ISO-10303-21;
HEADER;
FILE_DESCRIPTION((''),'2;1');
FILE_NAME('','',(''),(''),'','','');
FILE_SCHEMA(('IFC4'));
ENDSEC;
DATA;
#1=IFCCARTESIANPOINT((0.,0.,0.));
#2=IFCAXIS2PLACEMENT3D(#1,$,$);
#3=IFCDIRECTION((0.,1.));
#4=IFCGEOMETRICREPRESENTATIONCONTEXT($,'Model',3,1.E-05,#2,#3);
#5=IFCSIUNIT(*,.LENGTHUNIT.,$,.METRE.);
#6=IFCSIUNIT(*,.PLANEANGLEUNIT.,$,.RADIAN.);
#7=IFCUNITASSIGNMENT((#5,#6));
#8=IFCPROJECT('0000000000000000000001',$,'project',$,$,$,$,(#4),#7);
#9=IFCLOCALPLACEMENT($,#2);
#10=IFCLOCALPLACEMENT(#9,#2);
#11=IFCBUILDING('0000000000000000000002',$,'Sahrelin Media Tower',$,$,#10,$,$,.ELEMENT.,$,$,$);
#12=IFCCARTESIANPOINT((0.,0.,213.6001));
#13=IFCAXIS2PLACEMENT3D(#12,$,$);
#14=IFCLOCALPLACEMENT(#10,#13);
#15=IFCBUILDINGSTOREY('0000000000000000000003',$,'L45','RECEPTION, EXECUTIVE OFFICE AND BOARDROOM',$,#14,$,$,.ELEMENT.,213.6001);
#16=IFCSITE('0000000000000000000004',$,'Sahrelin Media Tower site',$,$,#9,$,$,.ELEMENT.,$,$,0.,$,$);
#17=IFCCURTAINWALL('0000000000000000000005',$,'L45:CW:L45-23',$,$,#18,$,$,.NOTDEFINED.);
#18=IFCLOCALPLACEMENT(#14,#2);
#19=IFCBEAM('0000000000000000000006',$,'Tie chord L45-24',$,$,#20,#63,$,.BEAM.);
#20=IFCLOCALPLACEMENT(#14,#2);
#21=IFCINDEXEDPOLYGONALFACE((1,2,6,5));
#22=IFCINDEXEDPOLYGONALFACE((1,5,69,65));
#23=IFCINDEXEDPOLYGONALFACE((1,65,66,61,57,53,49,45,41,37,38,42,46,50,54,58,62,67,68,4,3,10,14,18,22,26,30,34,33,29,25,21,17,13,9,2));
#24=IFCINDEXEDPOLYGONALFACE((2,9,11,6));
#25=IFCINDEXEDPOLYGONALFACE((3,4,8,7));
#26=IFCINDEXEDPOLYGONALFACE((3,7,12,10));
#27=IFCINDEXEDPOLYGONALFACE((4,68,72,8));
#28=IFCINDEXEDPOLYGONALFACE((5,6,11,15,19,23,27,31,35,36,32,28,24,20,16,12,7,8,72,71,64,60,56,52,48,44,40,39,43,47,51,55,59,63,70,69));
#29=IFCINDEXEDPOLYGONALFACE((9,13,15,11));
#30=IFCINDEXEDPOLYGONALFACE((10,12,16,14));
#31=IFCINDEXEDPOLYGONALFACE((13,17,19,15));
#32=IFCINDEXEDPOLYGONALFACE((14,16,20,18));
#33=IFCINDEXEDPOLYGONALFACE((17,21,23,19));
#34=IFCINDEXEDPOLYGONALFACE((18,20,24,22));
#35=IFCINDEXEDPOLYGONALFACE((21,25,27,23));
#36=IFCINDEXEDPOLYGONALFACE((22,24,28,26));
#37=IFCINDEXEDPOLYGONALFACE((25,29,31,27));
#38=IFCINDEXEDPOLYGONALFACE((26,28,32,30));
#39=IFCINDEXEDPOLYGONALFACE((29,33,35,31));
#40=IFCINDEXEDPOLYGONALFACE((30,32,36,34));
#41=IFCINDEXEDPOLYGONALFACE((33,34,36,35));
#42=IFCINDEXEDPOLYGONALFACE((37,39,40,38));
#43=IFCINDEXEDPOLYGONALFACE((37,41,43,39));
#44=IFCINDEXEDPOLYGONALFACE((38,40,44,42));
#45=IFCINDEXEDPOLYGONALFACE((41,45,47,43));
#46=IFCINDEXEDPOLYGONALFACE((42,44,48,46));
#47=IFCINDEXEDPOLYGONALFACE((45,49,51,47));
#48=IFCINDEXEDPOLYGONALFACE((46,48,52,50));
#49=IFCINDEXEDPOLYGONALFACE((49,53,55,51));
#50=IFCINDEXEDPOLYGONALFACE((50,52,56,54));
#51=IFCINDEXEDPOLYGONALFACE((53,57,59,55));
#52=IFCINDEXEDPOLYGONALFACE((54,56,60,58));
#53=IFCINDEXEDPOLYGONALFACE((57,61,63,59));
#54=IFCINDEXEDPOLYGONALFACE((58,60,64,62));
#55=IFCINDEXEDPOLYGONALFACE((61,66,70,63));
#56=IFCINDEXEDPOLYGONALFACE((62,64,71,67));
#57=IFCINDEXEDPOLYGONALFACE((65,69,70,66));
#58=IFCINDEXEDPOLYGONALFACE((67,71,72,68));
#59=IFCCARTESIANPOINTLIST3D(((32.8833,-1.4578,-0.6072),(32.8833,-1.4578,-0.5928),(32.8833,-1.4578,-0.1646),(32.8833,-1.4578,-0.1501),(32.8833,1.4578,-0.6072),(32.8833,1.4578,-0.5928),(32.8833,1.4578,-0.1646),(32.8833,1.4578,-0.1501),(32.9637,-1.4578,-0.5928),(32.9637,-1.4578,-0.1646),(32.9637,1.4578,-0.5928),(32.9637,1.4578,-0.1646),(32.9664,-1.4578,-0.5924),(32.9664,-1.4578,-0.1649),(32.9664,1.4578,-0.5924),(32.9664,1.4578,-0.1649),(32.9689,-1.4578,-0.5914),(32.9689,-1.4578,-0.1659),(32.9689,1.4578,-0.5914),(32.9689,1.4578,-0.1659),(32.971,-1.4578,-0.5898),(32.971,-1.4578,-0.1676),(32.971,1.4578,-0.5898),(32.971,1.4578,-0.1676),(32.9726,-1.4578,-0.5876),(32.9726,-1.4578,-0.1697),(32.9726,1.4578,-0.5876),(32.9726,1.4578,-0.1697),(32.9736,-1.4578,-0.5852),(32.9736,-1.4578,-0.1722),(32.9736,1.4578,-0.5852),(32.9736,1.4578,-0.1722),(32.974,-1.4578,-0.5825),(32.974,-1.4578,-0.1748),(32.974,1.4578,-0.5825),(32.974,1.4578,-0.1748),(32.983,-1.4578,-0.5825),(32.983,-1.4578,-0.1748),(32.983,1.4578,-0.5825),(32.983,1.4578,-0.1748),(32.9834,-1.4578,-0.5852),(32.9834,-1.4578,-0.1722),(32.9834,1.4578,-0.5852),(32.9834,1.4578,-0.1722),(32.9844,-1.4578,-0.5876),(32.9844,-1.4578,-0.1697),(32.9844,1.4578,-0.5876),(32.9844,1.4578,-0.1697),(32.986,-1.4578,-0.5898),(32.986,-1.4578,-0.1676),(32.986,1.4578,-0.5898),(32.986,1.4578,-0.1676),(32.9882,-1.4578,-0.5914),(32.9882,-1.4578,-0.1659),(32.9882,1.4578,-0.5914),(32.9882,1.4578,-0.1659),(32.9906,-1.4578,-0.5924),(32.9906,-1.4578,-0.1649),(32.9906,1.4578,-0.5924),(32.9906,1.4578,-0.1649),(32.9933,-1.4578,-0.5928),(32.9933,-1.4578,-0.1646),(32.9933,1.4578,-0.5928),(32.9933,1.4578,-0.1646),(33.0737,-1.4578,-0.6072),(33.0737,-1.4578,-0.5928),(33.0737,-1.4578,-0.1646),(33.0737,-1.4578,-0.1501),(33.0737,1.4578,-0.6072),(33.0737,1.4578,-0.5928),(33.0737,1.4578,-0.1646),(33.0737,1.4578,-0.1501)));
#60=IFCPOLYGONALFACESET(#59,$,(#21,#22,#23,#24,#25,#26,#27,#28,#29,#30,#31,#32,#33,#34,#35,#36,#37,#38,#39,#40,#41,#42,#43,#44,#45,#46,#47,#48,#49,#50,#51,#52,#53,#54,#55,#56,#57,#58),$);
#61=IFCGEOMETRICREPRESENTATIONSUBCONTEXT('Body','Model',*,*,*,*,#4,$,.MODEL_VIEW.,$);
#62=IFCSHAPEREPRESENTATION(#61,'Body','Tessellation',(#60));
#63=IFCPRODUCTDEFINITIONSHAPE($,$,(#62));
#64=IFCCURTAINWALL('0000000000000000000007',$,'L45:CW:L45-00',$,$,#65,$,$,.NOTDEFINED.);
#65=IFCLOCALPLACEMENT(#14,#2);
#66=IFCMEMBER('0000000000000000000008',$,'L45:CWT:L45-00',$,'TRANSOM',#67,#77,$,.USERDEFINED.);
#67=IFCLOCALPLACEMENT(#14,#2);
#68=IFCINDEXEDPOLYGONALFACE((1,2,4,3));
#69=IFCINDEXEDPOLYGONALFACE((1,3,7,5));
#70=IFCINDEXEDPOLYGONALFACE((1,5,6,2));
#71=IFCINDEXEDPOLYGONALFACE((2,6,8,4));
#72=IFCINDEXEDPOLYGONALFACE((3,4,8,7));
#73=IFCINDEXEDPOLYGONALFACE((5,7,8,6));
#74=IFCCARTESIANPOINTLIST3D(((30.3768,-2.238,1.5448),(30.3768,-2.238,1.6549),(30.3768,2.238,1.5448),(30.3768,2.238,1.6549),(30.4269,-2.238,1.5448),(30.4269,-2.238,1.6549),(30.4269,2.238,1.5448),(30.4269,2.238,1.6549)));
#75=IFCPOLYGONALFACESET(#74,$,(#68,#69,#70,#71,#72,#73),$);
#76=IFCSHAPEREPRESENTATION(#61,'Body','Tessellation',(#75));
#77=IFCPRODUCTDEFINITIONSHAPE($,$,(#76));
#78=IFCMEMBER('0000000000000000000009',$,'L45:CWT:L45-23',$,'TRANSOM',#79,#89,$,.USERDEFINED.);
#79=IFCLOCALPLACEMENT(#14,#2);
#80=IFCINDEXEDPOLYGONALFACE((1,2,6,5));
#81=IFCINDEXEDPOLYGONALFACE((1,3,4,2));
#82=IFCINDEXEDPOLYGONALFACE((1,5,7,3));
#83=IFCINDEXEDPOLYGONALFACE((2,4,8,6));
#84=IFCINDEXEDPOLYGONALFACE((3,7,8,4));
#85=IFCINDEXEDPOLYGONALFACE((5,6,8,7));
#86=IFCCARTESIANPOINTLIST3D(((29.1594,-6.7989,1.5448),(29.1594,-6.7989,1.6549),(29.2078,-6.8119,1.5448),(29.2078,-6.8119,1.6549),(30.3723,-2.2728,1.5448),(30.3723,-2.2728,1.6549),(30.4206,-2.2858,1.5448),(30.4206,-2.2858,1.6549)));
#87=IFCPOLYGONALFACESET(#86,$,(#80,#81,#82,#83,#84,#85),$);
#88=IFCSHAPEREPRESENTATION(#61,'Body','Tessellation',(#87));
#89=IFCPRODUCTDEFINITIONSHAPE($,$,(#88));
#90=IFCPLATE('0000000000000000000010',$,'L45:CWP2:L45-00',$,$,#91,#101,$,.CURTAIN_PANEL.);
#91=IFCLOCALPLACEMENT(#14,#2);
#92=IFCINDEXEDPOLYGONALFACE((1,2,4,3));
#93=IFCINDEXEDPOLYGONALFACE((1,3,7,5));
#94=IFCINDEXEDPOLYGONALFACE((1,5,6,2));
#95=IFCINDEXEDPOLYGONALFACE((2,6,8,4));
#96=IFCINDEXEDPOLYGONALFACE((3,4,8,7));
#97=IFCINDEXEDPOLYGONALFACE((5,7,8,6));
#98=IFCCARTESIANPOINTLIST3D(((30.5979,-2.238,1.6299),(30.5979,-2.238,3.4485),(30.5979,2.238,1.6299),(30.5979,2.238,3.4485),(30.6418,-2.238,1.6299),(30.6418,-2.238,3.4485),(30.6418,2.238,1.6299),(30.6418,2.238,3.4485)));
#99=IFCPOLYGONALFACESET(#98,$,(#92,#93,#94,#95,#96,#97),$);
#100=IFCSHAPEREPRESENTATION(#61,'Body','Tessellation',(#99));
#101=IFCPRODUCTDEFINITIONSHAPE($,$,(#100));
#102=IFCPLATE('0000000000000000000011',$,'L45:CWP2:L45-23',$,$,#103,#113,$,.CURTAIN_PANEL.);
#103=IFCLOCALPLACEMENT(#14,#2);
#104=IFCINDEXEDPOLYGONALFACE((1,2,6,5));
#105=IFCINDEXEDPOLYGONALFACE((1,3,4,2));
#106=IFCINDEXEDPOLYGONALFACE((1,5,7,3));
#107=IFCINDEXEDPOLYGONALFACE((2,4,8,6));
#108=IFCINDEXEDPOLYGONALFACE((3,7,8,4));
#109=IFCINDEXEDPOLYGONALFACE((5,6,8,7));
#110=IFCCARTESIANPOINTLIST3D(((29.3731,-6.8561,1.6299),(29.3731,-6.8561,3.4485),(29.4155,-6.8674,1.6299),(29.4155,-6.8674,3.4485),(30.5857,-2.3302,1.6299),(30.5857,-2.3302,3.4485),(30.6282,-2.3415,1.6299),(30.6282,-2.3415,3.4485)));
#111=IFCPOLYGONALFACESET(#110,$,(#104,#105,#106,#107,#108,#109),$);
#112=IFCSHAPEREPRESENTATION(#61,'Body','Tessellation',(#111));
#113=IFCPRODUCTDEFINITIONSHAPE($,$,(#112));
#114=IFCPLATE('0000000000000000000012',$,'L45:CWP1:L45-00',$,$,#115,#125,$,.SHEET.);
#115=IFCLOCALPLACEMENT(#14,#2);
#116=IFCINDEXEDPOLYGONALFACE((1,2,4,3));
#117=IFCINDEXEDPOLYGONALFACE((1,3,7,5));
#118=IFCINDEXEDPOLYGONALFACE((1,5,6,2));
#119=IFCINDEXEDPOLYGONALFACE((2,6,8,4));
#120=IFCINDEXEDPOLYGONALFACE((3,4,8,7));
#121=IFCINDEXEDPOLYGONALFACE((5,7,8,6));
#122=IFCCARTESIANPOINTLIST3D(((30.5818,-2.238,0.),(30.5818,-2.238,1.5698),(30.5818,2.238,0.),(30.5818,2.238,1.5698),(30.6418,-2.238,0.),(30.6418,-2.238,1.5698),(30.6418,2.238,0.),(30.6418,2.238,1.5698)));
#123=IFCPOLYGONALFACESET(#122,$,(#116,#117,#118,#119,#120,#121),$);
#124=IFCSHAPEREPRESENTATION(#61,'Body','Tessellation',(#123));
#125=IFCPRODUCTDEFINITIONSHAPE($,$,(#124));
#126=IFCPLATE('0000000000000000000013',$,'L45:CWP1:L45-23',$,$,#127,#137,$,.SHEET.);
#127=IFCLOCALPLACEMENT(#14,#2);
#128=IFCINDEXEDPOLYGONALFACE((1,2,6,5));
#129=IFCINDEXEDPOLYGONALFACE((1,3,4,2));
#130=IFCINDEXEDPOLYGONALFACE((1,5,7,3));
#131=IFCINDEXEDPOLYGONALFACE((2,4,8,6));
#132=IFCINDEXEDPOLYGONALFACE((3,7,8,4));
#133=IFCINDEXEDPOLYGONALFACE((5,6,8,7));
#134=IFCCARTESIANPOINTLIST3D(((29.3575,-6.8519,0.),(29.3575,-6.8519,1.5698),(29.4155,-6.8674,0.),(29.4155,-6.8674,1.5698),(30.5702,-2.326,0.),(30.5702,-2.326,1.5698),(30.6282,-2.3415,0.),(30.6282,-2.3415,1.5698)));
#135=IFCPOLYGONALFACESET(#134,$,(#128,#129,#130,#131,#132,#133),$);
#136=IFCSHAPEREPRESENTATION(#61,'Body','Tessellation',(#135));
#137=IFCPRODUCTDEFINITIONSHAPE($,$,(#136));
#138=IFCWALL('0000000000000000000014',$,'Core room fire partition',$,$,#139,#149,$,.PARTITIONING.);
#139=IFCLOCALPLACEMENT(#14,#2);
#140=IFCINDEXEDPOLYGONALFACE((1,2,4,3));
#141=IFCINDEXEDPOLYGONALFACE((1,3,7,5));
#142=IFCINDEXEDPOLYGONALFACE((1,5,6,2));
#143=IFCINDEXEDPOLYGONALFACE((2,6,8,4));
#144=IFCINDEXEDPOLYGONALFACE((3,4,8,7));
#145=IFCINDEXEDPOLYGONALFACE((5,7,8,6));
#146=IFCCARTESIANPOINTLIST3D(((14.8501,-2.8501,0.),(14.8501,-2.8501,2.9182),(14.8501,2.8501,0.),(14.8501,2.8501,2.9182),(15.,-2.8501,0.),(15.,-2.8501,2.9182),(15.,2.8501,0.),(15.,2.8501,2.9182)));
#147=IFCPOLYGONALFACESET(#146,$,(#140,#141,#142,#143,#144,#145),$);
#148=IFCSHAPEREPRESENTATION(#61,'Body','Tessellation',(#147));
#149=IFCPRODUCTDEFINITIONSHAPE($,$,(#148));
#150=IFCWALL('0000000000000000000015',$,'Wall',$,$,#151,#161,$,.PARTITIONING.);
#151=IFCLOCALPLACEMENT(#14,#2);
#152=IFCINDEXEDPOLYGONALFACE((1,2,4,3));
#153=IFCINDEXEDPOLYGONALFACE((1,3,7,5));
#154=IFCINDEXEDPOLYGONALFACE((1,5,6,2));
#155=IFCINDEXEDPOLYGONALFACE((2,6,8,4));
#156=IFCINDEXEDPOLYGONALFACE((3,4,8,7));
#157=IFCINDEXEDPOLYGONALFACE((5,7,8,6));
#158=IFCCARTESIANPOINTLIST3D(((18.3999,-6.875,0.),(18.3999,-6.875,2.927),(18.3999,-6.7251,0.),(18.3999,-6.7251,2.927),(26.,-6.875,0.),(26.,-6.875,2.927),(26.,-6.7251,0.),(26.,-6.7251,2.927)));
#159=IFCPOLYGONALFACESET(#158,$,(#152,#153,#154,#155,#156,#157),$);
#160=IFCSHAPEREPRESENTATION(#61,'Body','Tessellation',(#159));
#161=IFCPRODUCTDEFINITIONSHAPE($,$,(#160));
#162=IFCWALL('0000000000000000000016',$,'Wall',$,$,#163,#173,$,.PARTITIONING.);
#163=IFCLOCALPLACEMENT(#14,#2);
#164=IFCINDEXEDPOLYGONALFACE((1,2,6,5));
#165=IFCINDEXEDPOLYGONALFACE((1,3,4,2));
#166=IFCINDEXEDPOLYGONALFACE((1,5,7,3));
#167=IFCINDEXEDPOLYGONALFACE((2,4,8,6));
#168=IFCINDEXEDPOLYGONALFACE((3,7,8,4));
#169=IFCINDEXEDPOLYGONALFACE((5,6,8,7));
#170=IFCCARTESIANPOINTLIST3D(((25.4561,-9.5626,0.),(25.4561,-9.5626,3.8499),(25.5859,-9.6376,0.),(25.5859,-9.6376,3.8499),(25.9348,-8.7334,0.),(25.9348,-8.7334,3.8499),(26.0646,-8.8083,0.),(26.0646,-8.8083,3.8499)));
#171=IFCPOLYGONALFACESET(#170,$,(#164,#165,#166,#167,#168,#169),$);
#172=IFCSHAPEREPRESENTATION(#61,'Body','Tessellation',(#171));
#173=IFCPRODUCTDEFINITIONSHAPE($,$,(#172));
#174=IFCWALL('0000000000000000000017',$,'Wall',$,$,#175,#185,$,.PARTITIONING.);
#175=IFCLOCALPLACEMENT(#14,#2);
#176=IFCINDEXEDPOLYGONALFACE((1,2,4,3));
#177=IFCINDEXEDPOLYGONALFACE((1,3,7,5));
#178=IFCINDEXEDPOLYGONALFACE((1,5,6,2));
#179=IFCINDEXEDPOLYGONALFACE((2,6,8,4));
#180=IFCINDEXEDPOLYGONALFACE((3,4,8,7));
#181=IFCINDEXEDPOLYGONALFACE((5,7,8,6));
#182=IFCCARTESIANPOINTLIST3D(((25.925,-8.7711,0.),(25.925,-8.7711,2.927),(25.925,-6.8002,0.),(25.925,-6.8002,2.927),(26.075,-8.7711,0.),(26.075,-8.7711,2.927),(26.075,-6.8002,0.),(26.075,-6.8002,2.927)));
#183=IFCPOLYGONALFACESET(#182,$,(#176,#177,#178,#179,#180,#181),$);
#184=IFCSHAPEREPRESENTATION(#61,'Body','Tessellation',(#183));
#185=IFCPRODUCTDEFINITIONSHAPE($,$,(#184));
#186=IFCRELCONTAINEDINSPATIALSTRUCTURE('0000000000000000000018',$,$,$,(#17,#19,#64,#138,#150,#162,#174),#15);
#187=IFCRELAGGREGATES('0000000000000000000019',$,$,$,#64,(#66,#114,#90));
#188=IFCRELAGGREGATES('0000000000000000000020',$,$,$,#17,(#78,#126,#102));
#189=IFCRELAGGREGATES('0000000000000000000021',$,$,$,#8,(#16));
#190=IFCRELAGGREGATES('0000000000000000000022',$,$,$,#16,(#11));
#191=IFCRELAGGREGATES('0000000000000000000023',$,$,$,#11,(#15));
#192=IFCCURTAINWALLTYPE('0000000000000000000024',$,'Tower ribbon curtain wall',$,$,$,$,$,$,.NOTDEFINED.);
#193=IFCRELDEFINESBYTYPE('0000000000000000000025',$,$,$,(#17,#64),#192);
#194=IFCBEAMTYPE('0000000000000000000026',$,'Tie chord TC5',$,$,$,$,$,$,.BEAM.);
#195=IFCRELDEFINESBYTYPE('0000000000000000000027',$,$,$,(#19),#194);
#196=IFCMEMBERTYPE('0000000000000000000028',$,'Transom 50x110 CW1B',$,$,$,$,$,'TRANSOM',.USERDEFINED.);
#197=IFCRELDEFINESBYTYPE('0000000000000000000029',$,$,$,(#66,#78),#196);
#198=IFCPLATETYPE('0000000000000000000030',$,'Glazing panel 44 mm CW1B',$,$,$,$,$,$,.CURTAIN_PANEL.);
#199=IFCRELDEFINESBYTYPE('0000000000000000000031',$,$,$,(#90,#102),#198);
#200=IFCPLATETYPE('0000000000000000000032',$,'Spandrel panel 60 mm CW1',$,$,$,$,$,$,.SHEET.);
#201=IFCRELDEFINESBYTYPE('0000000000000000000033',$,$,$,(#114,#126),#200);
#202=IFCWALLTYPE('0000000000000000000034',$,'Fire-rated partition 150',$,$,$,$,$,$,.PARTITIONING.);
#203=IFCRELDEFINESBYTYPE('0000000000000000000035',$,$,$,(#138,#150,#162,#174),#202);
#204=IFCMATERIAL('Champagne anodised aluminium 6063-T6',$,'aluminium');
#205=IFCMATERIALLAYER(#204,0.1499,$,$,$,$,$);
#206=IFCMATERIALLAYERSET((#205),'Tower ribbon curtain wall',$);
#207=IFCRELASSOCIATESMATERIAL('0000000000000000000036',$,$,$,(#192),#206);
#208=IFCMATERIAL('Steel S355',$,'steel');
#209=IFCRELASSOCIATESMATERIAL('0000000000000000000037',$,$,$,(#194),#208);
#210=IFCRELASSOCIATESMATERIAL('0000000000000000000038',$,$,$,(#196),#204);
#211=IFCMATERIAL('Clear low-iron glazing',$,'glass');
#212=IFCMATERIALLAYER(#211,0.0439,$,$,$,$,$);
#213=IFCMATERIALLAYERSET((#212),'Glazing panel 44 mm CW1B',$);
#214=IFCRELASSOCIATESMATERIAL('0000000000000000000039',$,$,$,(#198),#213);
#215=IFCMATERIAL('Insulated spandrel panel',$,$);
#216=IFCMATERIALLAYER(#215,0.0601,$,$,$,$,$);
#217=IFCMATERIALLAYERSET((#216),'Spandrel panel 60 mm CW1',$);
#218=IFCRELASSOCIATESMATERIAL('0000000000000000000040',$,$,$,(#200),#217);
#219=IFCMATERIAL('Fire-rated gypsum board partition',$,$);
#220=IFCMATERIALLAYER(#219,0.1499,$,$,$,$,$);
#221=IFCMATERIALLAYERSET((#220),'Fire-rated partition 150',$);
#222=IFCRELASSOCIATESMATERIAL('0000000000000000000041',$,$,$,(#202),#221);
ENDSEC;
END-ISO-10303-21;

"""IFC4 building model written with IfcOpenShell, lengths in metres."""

from ifc_helpers import new_model, si_unit, direction, frame, frame_2d, origin, origin_2d, place, context, subcontext, project, spatial, polyline, rectangle, i_section, outline, extrude, material, layer, layer_set, material_profile, profile_set, type_object, element, aggregate, save


model = new_model("IFC4")

# Units and contexts
model_context = context("Model", 3, precision=1e-05, world=origin(), true_north=direction((0.0, 1.0)))
body_context = subcontext(model_context, "Body", "Model", "MODEL_VIEW")
ifc_project = project(units=[si_unit("LENGTHUNIT", "METRE"), si_unit("PLANEANGLEUNIT", "RADIAN")], contexts=[model_context])

# Site, building, storey
site_placement = place(None, origin())
site = spatial("IfcSite", under=ifc_project, at=site_placement, Name="Sahrelin Media Tower site", CompositionType="ELEMENT", RefElevation=0.0)
building_placement = place(site_placement, origin())
building = spatial("IfcBuilding", under=site, at=building_placement, Name="Sahrelin Media Tower", CompositionType="ELEMENT")
storey_placement = place(building_placement, frame((0.0, 0.0, 213.6001)))
storey = spatial("IfcBuildingStorey", under=building, at=storey_placement, Name="L45", Description="RECEPTION, EXECUTIVE OFFICE AND BOARDROOM", CompositionType="ELEMENT", Elevation=213.6001)

# Shared definitions
ifc_material_1 = material(Name="Steel S355", Category="steel")

# Curtain wall
ifc_material_2 = material(Name="Champagne anodised aluminium 6063-T6", Category="aluminium")
ifc_layer_1 = layer(ifc_material_2, 0.1499)
ifc_layer_set_1 = layer_set([ifc_layer_1], Name="Tower ribbon curtain wall")
curtain_wall_type = type_object("IfcCurtainWallType", Name="Tower ribbon curtain wall", PredefinedType="NOTDEFINED", material=ifc_layer_set_1)
curtain_wall_1_placement = place(storey_placement, frame((30.0024, -4.5991, 0.0), z_axis=(0.0, 0.0, 1.0), x_axis=(1.0, 0.0, 0.0)))
curtain_wall_1 = element("IfcCurtainWall", 1, at=curtain_wall_1_placement, inside=storey, type_object=curtain_wall_type, Name="L45:CW:L45-23", PredefinedType="NOTDEFINED")

# Beam
ifc_material_profile_1 = material_profile(ifc_material_1, i_section(OverallWidth=0.1904, OverallDepth=0.457, WebThickness=0.009, FlangeThickness=0.0144, FilletRadius=0.0103, at=origin_2d()), Name="UB 457x191x74")
ifc_profile_set_1 = profile_set([ifc_material_profile_1], Name="Steel S355")
beam_type_1 = type_object("IfcBeamType", Name="Tie chord TC5", PredefinedType="BEAM", material=ifc_profile_set_1)
beam_1_placement = place(storey_placement, frame((32.9785, -1.4578, -0.3787), z_axis=(0.0, 1.0, 0.0), x_axis=(-1.0, 0.0, 0.0)))
element("IfcBeam", 2, at=beam_1_placement, inside=storey, type_object=beam_type_1, Name="Tie chord L45-24", PredefinedType="BEAM", context=body_context, shape_type="SweptSolid", body=[
    extrude(i_section(OverallWidth=0.1904, OverallDepth=0.457, WebThickness=0.009, FlangeThickness=0.0144, FilletRadius=0.0103, at=origin_2d()), origin(), (0.0, 0.0, 1.0), 2.9155),
])

# Curtain wall, member
curtain_wall_2_placement = place(storey_placement, frame((30.6218, 0.0, 0.0), z_axis=(0.0, 0.0, 1.0), x_axis=(1.0, 0.0, 0.0)))
curtain_wall_2 = element("IfcCurtainWall", 3, at=curtain_wall_2_placement, inside=storey, type_object=curtain_wall_type, Name="L45:CW:L45-00", PredefinedType="NOTDEFINED")
ifc_material_profile_2 = material_profile(ifc_material_2, rectangle(XDim=0.05, YDim=0.1101, at=origin_2d()), Name="Transom 50x110")
ifc_profile_set_2 = profile_set([ifc_material_profile_2], Name="Champagne anodised aluminium 6063-T6")
member_type_1 = type_object("IfcMemberType", Name="Transom 50x110 CW1B", ElementType="TRANSOM", PredefinedType="USERDEFINED", material=ifc_profile_set_2)
member_1_placement = place(storey_placement, frame((30.4019, -2.238, 1.5999), z_axis=(0.0, 1.0, 0.0), x_axis=(-1.0, 0.0, 0.0)))
member_1 = element("IfcMember", 4, at=member_1_placement, type_object=member_type_1, Name="L45:CWT:L45-00", ObjectType="TRANSOM", PredefinedType="USERDEFINED", context=body_context, shape_type="SweptSolid", body=[
    extrude(rectangle(XDim=0.05, YDim=0.1101, at=origin_2d()), origin(), (0.0, 0.0, 1.0), 4.4761),
])

# Member
member_2_placement = place(storey_placement, frame((29.1836, -6.8054, 1.5999), z_axis=(0.258843, 0.965919, 0.0), x_axis=(-0.965919, 0.258843, 0.0)))
member_2 = element("IfcMember", 5, at=member_2_placement, type_object=member_type_1, Name="L45:CWT:L45-23", ObjectType="TRANSOM", PredefinedType="USERDEFINED", context=body_context, shape_type="SweptSolid", body=[
    extrude(rectangle(XDim=0.05, YDim=0.1101, at=origin_2d()), origin(), (0.0, 0.0, 1.0), 4.6858),
])

# Plates
ifc_material_3 = material(Name="Clear low-iron glazing", Category="glass")
ifc_layer_2 = layer(ifc_material_3, 0.0439)
ifc_layer_set_2 = layer_set([ifc_layer_2], Name="Glazing panel 44 mm CW1B")
plate_type_1 = type_object("IfcPlateType", Name="Glazing panel 44 mm CW1B", PredefinedType="CURTAIN_PANEL", material=ifc_layer_set_2)
plate_1_placement = place(storey_placement, frame((30.6418, -2.238, 1.6299), z_axis=(1.0, 0.0, 0.0), x_axis=(0.0, 1.0, 0.0)))
plate_1 = element("IfcPlate", 6, at=plate_1_placement, type_object=plate_type_1, Name="L45:CWP2:L45-00", PredefinedType="CURTAIN_PANEL", context=body_context, shape_type="SweptSolid", body=[
    extrude(outline(polyline([(0.0, 0.0), (4.4761, 0.0), (4.4761, 1.8186), (0.0, 1.8186), (0.0, 0.0)])), origin(), (0.0, 0.0, -1.0), 0.0439),
])
plate_2_placement = place(storey_placement, frame((29.4155, -6.8674, 1.6299), z_axis=(0.965929, -0.258807, 0.0), x_axis=(0.258807, 0.965929, 0.0)))
plate_2 = element("IfcPlate", 7, at=plate_2_placement, type_object=plate_type_1, Name="L45:CWP2:L45-23", PredefinedType="CURTAIN_PANEL", context=body_context, shape_type="SweptSolid", body=[
    extrude(outline(polyline([(0.0, 0.0), (4.6855, 0.0), (4.6855, 1.8186), (0.0, 1.8186), (0.0, 0.0)])), origin(), (0.0, 0.0, -1.0), 0.0439),
])
ifc_material_4 = material(Name="Insulated spandrel panel")
ifc_layer_3 = layer(ifc_material_4, 0.0601)
ifc_layer_set_3 = layer_set([ifc_layer_3], Name="Spandrel panel 60 mm CW1")
plate_type_2 = type_object("IfcPlateType", Name="Spandrel panel 60 mm CW1", PredefinedType="SHEET", material=ifc_layer_set_3)
plate_3_placement = place(storey_placement, frame((30.6418, -2.238, 0.0), z_axis=(1.0, 0.0, 0.0), x_axis=(0.0, 1.0, 0.0)))
plate_3 = element("IfcPlate", 8, at=plate_3_placement, type_object=plate_type_2, Name="L45:CWP1:L45-00", PredefinedType="SHEET", context=body_context, shape_type="SweptSolid", body=[
    extrude(outline(polyline([(0.0, 0.0), (4.4761, 0.0), (4.4761, 1.5698), (0.0, 1.5698), (0.0, 0.0)])), origin(), (0.0, 0.0, -1.0), 0.0601),
])
aggregate(curtain_wall_2, [member_1, plate_3, plate_1])
plate_4_placement = place(storey_placement, frame((29.4155, -6.8674, 0.0), z_axis=(0.965929, -0.258807, 0.0), x_axis=(0.258807, 0.965929, 0.0)))
plate_4 = element("IfcPlate", 9, at=plate_4_placement, type_object=plate_type_2, Name="L45:CWP1:L45-23", PredefinedType="SHEET", context=body_context, shape_type="SweptSolid", body=[
    extrude(outline(polyline([(0.0, 0.0), (4.6855, 0.0), (4.6855, 1.5698), (0.0, 1.5698), (0.0, 0.0)])), origin(), (0.0, 0.0, -1.0), 0.0601),
])
aggregate(curtain_wall_1, [member_2, plate_4, plate_2])

# Walls
ifc_material_5 = material(Name="Fire-rated gypsum board partition")
ifc_layer_4 = layer(ifc_material_5, 0.1499)
ifc_layer_set_4 = layer_set([ifc_layer_4], Name="Fire-rated partition 150")
wall_type_1 = type_object("IfcWallType", Name="Fire-rated partition 150", PredefinedType="PARTITIONING", material=ifc_layer_set_4)
wall_1_placement = place(storey_placement, frame((14.925, -2.8501, 0.0), z_axis=(0.0, 0.0, 1.0), x_axis=(0.0, 1.0, 0.0)))
element("IfcWall", 10, at=wall_1_placement, inside=storey, type_object=wall_type_1, Name="Core room fire partition", PredefinedType="PARTITIONING", context=body_context, shape_type="SweptSolid", body=[
    extrude(rectangle(XDim=5.7002, YDim=0.1499, at=frame_2d((2.8501, 0.0))), origin(), (0.0, 0.0, 1.0), 2.9182),
])
wall_2_placement = place(storey_placement, frame((18.3999, -6.8, 0.0), z_axis=(0.0, 0.0, 1.0), x_axis=(1.0, 0.0, 0.0)))
element("IfcWall", 11, at=wall_2_placement, inside=storey, type_object=wall_type_1, Name="Wall", PredefinedType="PARTITIONING", context=body_context, shape_type="SweptSolid", body=[
    extrude(rectangle(XDim=7.6001, YDim=0.1499, at=frame_2d((3.8, 0.0))), origin(), (0.0, 0.0, 1.0), 2.927),
])
wall_3_placement = place(storey_placement, frame((25.521, -9.6001, 0.0), z_axis=(0.0, 0.0, 1.0), x_axis=(0.499951, 0.866054, 0.0)))
element("IfcWall", 12, at=wall_3_placement, inside=storey, type_object=wall_type_1, Name="Wall", PredefinedType="PARTITIONING", context=body_context, shape_type="SweptSolid", body=[
    extrude(rectangle(XDim=0.9575, YDim=0.1499, at=frame_2d((0.4788, 0.0))), origin(), (0.0, 0.0, 1.0), 3.8499),
])
wall_4_placement = place(storey_placement, frame((26.0, -8.771, 0.0), z_axis=(0.0, 0.0, 1.0), x_axis=(0.0, 1.0, 0.0)))
element("IfcWall", 13, at=wall_4_placement, inside=storey, type_object=wall_type_1, Name="Wall", PredefinedType="PARTITIONING", context=body_context, shape_type="SweptSolid", body=[
    extrude(rectangle(XDim=1.9709, YDim=0.1499, at=frame_2d((0.9854, 0.0))), origin(), (0.0, 0.0, 1.0), 2.927),
])

save(model, "model.ifc")
